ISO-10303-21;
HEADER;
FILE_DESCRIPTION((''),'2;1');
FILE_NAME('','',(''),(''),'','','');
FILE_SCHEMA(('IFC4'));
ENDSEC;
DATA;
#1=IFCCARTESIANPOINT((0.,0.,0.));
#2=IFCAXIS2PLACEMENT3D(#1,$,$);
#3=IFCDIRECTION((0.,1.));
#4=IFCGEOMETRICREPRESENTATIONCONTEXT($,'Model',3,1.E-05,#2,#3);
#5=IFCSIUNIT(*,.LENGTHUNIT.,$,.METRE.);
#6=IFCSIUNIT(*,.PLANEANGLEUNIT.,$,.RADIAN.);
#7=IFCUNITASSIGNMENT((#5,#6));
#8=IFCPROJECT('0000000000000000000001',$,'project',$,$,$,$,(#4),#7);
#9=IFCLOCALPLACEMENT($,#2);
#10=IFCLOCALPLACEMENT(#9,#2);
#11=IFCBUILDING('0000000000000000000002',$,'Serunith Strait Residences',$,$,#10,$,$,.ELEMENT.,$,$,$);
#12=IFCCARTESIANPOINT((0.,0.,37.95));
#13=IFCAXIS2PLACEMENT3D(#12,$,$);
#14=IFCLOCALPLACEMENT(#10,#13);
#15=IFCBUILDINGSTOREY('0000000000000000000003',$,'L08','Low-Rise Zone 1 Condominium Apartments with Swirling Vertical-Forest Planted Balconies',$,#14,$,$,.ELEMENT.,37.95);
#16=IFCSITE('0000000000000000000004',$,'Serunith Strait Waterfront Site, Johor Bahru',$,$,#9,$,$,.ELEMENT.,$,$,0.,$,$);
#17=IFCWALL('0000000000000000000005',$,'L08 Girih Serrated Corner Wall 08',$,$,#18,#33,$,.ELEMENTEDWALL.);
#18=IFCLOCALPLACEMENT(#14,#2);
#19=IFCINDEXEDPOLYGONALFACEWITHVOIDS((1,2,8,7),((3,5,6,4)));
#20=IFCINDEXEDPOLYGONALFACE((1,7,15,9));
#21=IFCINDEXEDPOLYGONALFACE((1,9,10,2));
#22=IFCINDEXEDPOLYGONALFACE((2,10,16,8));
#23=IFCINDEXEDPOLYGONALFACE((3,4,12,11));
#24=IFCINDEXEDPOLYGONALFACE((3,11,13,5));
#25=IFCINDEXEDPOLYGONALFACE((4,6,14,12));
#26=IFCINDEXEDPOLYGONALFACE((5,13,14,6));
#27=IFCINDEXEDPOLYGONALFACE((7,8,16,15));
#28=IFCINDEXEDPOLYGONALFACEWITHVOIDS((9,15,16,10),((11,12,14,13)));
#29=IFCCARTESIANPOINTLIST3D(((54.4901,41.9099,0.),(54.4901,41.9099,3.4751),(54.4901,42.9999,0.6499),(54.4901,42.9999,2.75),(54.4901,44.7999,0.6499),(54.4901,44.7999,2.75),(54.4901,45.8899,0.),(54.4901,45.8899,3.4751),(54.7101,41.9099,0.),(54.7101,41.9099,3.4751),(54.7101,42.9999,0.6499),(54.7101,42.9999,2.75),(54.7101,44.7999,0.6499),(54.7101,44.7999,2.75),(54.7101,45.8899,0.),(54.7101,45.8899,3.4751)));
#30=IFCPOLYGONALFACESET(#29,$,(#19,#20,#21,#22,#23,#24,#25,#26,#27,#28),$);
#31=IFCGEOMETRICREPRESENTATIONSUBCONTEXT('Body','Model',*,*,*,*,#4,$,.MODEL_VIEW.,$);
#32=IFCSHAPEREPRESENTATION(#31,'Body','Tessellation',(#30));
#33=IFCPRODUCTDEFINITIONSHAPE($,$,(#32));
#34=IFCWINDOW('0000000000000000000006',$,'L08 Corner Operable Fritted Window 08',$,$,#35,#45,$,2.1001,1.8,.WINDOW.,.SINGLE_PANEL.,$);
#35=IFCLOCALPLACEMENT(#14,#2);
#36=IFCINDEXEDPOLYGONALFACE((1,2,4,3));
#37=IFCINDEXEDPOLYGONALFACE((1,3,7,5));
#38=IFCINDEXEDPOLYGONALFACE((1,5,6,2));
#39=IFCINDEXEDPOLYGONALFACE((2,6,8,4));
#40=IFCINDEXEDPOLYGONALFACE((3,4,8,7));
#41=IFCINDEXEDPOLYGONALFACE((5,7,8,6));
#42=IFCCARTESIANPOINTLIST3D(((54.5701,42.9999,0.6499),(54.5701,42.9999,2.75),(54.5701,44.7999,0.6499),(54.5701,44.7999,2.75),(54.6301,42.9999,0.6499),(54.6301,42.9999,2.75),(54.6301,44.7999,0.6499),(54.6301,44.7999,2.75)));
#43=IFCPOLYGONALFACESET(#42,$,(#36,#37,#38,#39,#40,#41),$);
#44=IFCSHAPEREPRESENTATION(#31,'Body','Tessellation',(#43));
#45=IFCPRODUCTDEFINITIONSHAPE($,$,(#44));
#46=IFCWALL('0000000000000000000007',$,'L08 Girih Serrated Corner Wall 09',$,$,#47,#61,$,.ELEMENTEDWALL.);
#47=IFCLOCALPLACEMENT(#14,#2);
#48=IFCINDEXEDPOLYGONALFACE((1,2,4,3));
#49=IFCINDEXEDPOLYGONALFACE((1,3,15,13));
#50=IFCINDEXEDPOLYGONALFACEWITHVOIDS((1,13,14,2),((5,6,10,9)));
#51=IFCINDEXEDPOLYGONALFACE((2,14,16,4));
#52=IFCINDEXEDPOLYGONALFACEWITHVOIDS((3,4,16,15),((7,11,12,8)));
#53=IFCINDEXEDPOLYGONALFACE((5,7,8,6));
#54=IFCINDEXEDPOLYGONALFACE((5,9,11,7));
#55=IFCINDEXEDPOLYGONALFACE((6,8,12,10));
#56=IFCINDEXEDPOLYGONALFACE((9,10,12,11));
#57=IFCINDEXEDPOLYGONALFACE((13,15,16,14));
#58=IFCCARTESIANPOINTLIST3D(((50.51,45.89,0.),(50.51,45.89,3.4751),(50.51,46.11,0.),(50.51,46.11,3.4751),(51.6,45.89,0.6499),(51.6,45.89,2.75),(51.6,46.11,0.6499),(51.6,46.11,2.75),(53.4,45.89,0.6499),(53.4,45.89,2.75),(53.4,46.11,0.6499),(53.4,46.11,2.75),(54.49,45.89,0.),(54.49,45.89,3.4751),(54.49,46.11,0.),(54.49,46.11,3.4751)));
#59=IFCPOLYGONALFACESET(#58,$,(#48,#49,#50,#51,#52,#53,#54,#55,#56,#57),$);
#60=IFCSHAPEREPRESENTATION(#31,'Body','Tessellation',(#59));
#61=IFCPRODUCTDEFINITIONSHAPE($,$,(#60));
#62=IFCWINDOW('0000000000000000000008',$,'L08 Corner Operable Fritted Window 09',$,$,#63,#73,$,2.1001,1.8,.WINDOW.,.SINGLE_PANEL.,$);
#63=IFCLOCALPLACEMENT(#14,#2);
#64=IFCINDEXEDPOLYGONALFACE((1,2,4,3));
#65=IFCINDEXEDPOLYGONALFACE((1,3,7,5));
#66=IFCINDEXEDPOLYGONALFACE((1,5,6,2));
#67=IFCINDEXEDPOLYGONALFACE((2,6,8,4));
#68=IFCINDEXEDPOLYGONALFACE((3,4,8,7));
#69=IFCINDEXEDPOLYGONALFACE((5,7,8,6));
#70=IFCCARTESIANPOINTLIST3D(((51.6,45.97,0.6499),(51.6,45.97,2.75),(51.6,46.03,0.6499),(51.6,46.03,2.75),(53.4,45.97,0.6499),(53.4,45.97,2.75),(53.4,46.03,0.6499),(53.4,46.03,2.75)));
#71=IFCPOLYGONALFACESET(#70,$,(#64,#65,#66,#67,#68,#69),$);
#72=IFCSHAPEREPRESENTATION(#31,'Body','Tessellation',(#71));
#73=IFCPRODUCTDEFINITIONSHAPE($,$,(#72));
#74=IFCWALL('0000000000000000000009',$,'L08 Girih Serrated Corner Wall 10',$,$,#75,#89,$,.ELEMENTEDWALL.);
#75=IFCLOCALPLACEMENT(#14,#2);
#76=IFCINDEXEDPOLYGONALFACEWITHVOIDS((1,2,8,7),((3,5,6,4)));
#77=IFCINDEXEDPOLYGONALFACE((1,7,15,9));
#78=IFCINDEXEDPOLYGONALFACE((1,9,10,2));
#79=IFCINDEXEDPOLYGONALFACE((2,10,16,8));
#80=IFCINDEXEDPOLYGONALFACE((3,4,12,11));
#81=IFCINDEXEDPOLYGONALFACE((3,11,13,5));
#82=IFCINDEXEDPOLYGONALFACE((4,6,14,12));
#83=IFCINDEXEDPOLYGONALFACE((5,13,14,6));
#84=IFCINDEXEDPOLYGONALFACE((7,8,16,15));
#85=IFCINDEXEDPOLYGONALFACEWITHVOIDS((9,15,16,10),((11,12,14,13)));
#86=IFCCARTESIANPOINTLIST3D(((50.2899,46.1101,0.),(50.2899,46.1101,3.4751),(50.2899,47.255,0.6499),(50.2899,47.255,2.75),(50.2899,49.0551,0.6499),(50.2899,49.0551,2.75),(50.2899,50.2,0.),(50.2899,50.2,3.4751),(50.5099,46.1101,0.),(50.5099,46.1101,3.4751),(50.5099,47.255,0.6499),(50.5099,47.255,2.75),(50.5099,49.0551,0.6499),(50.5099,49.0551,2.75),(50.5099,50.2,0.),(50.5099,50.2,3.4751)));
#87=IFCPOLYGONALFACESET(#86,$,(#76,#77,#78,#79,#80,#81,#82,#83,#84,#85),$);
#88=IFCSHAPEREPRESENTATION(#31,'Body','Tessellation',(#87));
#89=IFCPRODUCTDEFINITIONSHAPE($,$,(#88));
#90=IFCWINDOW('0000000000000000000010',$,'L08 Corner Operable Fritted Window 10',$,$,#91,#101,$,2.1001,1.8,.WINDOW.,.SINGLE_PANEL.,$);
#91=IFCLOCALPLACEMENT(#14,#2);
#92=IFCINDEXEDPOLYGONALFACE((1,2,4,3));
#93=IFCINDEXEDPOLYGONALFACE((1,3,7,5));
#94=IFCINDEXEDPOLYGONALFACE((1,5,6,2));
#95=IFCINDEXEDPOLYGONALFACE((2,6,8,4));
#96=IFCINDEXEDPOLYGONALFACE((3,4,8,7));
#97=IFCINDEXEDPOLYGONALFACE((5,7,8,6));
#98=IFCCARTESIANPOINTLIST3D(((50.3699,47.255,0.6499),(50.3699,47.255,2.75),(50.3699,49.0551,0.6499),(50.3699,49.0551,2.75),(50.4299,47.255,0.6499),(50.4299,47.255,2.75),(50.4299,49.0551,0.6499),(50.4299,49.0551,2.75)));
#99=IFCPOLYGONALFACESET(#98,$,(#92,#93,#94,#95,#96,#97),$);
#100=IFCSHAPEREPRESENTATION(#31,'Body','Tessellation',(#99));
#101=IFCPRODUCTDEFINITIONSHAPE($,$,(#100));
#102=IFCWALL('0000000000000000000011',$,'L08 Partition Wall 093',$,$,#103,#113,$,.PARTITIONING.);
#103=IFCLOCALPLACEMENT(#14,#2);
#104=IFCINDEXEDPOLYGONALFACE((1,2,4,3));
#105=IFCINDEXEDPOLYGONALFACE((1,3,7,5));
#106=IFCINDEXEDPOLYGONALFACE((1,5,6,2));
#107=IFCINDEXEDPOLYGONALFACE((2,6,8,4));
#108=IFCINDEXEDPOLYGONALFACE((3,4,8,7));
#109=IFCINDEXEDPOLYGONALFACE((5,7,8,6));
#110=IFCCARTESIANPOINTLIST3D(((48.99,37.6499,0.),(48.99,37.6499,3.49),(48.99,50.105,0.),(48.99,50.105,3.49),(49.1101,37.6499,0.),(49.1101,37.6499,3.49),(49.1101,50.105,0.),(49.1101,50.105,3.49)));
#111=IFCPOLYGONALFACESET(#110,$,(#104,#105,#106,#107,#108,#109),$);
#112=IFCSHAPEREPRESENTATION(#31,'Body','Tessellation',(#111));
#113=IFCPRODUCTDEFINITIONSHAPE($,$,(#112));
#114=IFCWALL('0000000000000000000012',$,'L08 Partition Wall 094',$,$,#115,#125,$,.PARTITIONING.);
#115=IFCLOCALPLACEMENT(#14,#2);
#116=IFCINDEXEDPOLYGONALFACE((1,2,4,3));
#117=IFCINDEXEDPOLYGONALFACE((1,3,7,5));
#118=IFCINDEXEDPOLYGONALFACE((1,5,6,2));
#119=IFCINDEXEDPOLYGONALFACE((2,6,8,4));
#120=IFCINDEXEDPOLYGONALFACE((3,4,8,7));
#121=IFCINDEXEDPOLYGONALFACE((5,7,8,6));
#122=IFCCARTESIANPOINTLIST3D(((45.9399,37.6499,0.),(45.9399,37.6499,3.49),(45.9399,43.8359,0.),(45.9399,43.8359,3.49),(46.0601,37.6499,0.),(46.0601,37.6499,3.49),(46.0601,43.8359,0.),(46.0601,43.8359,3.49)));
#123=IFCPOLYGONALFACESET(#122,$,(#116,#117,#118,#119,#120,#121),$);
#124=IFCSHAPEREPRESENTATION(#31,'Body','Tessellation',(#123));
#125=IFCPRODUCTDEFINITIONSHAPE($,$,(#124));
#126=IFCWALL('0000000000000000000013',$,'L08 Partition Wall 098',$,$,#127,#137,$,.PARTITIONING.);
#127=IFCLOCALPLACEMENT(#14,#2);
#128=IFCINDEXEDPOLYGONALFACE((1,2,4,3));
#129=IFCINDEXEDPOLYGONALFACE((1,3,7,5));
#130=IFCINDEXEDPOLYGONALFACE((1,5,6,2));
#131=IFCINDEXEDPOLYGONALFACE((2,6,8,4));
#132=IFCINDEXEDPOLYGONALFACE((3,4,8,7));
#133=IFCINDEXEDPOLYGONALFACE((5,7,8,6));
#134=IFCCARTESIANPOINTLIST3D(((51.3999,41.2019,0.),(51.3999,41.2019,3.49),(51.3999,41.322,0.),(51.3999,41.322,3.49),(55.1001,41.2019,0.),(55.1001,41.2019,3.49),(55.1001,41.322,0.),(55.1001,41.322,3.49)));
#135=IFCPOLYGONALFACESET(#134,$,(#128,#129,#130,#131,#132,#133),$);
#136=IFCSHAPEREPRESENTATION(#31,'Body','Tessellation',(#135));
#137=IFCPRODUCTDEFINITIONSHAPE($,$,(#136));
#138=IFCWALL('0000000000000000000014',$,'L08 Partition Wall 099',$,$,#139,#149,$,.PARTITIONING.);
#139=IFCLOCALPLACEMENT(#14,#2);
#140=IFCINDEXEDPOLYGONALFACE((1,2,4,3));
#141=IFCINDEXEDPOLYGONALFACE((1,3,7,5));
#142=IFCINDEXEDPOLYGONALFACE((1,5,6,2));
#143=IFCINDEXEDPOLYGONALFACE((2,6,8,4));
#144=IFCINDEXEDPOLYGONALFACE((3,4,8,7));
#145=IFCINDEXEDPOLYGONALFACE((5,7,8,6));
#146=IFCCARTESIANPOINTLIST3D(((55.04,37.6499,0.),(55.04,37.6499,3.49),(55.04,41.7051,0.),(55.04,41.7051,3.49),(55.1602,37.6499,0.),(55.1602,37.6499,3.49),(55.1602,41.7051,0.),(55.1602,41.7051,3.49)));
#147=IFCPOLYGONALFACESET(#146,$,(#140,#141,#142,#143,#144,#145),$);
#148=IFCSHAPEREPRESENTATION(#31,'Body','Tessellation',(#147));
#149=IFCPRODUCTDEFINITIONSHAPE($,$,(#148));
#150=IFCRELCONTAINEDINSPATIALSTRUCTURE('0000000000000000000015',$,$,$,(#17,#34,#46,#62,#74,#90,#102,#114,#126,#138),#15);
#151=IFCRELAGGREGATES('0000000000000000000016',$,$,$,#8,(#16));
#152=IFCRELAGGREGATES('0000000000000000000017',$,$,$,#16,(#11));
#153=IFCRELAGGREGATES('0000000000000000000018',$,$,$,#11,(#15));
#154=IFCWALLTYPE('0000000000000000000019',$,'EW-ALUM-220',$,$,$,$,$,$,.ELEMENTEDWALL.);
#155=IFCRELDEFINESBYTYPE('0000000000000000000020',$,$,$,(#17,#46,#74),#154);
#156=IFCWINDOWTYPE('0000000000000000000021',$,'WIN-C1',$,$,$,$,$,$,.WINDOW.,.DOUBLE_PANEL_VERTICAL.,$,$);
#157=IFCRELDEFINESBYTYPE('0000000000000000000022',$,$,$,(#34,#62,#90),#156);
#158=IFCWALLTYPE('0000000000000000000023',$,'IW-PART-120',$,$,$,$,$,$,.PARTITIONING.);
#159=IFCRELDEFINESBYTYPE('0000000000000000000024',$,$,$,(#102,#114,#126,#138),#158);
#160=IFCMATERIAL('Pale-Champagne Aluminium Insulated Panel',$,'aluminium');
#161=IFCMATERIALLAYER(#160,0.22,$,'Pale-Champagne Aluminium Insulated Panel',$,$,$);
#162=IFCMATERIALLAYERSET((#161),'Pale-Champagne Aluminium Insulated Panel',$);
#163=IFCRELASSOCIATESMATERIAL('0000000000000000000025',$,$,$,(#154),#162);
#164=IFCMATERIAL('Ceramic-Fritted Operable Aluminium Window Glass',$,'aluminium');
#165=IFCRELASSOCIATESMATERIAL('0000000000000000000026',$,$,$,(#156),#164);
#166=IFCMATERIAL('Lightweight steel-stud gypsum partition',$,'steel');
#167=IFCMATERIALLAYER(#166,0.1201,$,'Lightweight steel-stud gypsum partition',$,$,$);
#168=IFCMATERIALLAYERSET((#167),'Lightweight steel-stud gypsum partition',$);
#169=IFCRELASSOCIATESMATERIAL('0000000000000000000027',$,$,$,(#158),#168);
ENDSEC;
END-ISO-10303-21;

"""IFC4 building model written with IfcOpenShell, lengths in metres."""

from ifc_helpers import new_model, si_unit, direction, frame, frame_2d, origin, place, context, subcontext, project, spatial, rectangle, extrude, source, transform, mapped, material, layer, layer_set, type_object, element, fill, save


model = new_model("IFC4")

# Units and contexts
model_context = context("Model", 3, precision=1e-05, world=origin(), true_north=direction((0.0, 1.0)))
body_context = subcontext(model_context, "Body", "Model", "MODEL_VIEW")
ifc_project = project(units=[si_unit("LENGTHUNIT", "METRE"), si_unit("PLANEANGLEUNIT", "RADIAN")], contexts=[model_context])

# Site, building, storey
site_placement = place(None, origin())
site = spatial("IfcSite", under=ifc_project, at=site_placement, Name="Serunith Strait Waterfront Site, Johor Bahru", CompositionType="ELEMENT", RefElevation=0.0)
building_placement = place(site_placement, origin())
building = spatial("IfcBuilding", under=site, at=building_placement, Name="Serunith Strait Residences", CompositionType="ELEMENT")
storey_placement = place(building_placement, frame((0.0, 0.0, 37.95)))
storey = spatial("IfcBuildingStorey", under=building, at=storey_placement, Name="L08", Description="Low-Rise Zone 1 Condominium Apartments with Swirling Vertical-Forest Planted Balconies", CompositionType="ELEMENT", Elevation=37.95)

# Walls, openings, windows
ifc_material_1 = material(Name="Pale-Champagne Aluminium Insulated Panel", Category="aluminium")
ifc_layer_1 = layer(ifc_material_1, 0.22, Name="Pale-Champagne Aluminium Insulated Panel")
ifc_layer_set_1 = layer_set([ifc_layer_1], Name="Pale-Champagne Aluminium Insulated Panel")
wall_type_1 = type_object("IfcWallType", Name="EW-ALUM-220", PredefinedType="ELEMENTEDWALL", material=ifc_layer_set_1)
ifc_material_2 = material(Name="Ceramic-Fritted Operable Aluminium Window Glass", Category="aluminium")
window_type = type_object("IfcWindowType", Name="WIN-C1", PartitioningType="DOUBLE_PANEL_VERTICAL", PredefinedType="WINDOW", material=ifc_material_2)
shared_shape_1 = source(origin(), body_context, "Body", "SweptSolid", [
    extrude(rectangle(XDim=1.8, YDim=2.1001, at=frame_2d((0.8999, 1.05))), frame((0.0, 0.03, 0.0), z_axis=(0.0, -1.0, 0.0), x_axis=(1.0, 0.0, 0.0)), (0.0, 0.0, 1.0), 0.0601),
])
wall_1_placement = place(storey_placement, frame((54.6001, 41.9099, 0.0), z_axis=(0.0, 0.0, 1.0), x_axis=(0.0, 1.0, 0.0)))
wall_1 = element("IfcWall", 1, at=wall_1_placement, inside=storey, type_object=wall_type_1, Name="L08 Girih Serrated Corner Wall 08", PredefinedType="ELEMENTEDWALL", context=body_context, shape_type="SweptSolid", body=[
    extrude(rectangle(XDim=3.98, YDim=0.22, at=frame_2d((1.99, 0.0))), origin(), (0.0, 0.0, 1.0), 3.4751),
])
opening_1_placement = place(wall_1_placement, frame((1.0901, 0.0, 0.6499)))
opening_1 = element("IfcOpeningElement", 2, at=opening_1_placement, cuts=wall_1, PredefinedType="OPENING", context=body_context, shape_type="SweptSolid", body=[
    extrude(rectangle(XDim=1.8, YDim=2.1001, at=frame_2d((0.8999, 1.05))), frame((0.0, 0.1201, 0.0), z_axis=(0.0, -1.0, 0.0), x_axis=(1.0, 0.0, 0.0)), (0.0, 0.0, 1.0), 0.24),
])
window_1_placement = place(opening_1_placement, origin())
window_1 = element("IfcWindow", 3, at=window_1_placement, inside=storey, type_object=window_type, Name="L08 Corner Operable Fritted Window 08", OverallHeight=2.1001, OverallWidth=1.8, PartitioningType="SINGLE_PANEL", PredefinedType="WINDOW", context=body_context, shape_type="MappedRepresentation", body=[
    mapped(shared_shape_1, transform((0.0, 0.0, 0.0), scale=1.0)),
])
fill(opening_1, window_1)
wall_2_placement = place(storey_placement, frame((54.49, 46.0, 0.0), z_axis=(0.0, 0.0, 1.0), x_axis=(-1.0, 0.0, 0.0)))
wall_2 = element("IfcWall", 4, at=wall_2_placement, inside=storey, type_object=wall_type_1, Name="L08 Girih Serrated Corner Wall 09", PredefinedType="ELEMENTEDWALL", context=body_context, shape_type="SweptSolid", body=[
    extrude(rectangle(XDim=3.98, YDim=0.22, at=frame_2d((1.99, 0.0))), origin(), (0.0, 0.0, 1.0), 3.4751),
])
opening_2_placement = place(wall_2_placement, frame((1.0901, 0.0, 0.6499)))
opening_2 = element("IfcOpeningElement", 5, at=opening_2_placement, cuts=wall_2, PredefinedType="OPENING", context=body_context, shape_type="SweptSolid", body=[
    extrude(rectangle(XDim=1.8, YDim=2.1001, at=frame_2d((0.8999, 1.05))), frame((0.0, 0.1201, 0.0), z_axis=(0.0, -1.0, 0.0), x_axis=(1.0, 0.0, 0.0)), (0.0, 0.0, 1.0), 0.24),
])
window_2_placement = place(opening_2_placement, origin())
window_2 = element("IfcWindow", 6, at=window_2_placement, inside=storey, type_object=window_type, Name="L08 Corner Operable Fritted Window 09", OverallHeight=2.1001, OverallWidth=1.8, PartitioningType="SINGLE_PANEL", PredefinedType="WINDOW", context=body_context, shape_type="MappedRepresentation", body=[
    mapped(shared_shape_1, transform((0.0, 0.0, 0.0), scale=1.0)),
])
fill(opening_2, window_2)
wall_3_placement = place(storey_placement, frame((50.3999, 46.1101, 0.0), z_axis=(0.0, 0.0, 1.0), x_axis=(0.0, 1.0, 0.0)))
wall_3 = element("IfcWall", 7, at=wall_3_placement, inside=storey, type_object=wall_type_1, Name="L08 Girih Serrated Corner Wall 10", PredefinedType="ELEMENTEDWALL", context=body_context, shape_type="SweptSolid", body=[
    extrude(rectangle(XDim=4.0898, YDim=0.22, at=frame_2d((2.0449, 0.0))), origin(), (0.0, 0.0, 1.0), 3.4751),
])
opening_3_placement = place(wall_3_placement, frame((1.145, 0.0, 0.6499)))
opening_3 = element("IfcOpeningElement", 8, at=opening_3_placement, cuts=wall_3, PredefinedType="OPENING", context=body_context, shape_type="SweptSolid", body=[
    extrude(rectangle(XDim=1.8, YDim=2.1001, at=frame_2d((0.8999, 1.05))), frame((0.0, 0.1201, 0.0), z_axis=(0.0, -1.0, 0.0), x_axis=(1.0, 0.0, 0.0)), (0.0, 0.0, 1.0), 0.24),
])
window_3_placement = place(opening_3_placement, origin())
window_3 = element("IfcWindow", 9, at=window_3_placement, inside=storey, type_object=window_type, Name="L08 Corner Operable Fritted Window 10", OverallHeight=2.1001, OverallWidth=1.8, PartitioningType="SINGLE_PANEL", PredefinedType="WINDOW", context=body_context, shape_type="MappedRepresentation", body=[
    mapped(shared_shape_1, transform((0.0, 0.0, 0.0), scale=1.0)),
])
fill(opening_3, window_3)

# Walls
ifc_material_3 = material(Name="Lightweight steel-stud gypsum partition", Category="steel")
ifc_layer_2 = layer(ifc_material_3, 0.1201, Name="Lightweight steel-stud gypsum partition")
ifc_layer_set_2 = layer_set([ifc_layer_2], Name="Lightweight steel-stud gypsum partition")
wall_type_2 = type_object("IfcWallType", Name="IW-PART-120", PredefinedType="PARTITIONING", material=ifc_layer_set_2)
wall_4_placement = place(storey_placement, frame((49.05, 50.105, 0.0), z_axis=(0.0, 0.0, 1.0), x_axis=(0.0, -1.0, 0.0)))
element("IfcWall", 10, at=wall_4_placement, inside=storey, type_object=wall_type_2, Name="L08 Partition Wall 093", PredefinedType="PARTITIONING", context=body_context, shape_type="SweptSolid", body=[
    extrude(rectangle(XDim=12.4551, YDim=0.1201, at=frame_2d((6.2275, 0.0))), origin(), (0.0, 0.0, 1.0), 3.49),
])
wall_5_placement = place(storey_placement, frame((46.0, 43.8359, 0.0), z_axis=(0.0, 0.0, 1.0), x_axis=(0.0, -1.0, 0.0)))
element("IfcWall", 11, at=wall_5_placement, inside=storey, type_object=wall_type_2, Name="L08 Partition Wall 094", PredefinedType="PARTITIONING", context=body_context, shape_type="SweptSolid", body=[
    extrude(rectangle(XDim=6.186, YDim=0.1201, at=frame_2d((3.093, 0.0))), origin(), (0.0, 0.0, 1.0), 3.49),
])
wall_6_placement = place(storey_placement, frame((51.3999, 41.262, 0.0), z_axis=(0.0, 0.0, 1.0), x_axis=(1.0, 0.0, 0.0)))
element("IfcWall", 12, at=wall_6_placement, inside=storey, type_object=wall_type_2, Name="L08 Partition Wall 098", PredefinedType="PARTITIONING", context=body_context, shape_type="SweptSolid", body=[
    extrude(rectangle(XDim=3.7002, YDim=0.1201, at=frame_2d((1.8501, 0.0))), origin(), (0.0, 0.0, 1.0), 3.49),
])
wall_7_placement = place(storey_placement, frame((55.1001, 41.7051, 0.0), z_axis=(0.0, 0.0, 1.0), x_axis=(0.0, -1.0, 0.0)))
element("IfcWall", 13, at=wall_7_placement, inside=storey, type_object=wall_type_2, Name="L08 Partition Wall 099", PredefinedType="PARTITIONING", context=body_context, shape_type="SweptSolid", body=[
    extrude(rectangle(XDim=4.0552, YDim=0.1201, at=frame_2d((2.0276, 0.0))), origin(), (0.0, 0.0, 1.0), 3.49),
])

save(model, "model.ifc")
